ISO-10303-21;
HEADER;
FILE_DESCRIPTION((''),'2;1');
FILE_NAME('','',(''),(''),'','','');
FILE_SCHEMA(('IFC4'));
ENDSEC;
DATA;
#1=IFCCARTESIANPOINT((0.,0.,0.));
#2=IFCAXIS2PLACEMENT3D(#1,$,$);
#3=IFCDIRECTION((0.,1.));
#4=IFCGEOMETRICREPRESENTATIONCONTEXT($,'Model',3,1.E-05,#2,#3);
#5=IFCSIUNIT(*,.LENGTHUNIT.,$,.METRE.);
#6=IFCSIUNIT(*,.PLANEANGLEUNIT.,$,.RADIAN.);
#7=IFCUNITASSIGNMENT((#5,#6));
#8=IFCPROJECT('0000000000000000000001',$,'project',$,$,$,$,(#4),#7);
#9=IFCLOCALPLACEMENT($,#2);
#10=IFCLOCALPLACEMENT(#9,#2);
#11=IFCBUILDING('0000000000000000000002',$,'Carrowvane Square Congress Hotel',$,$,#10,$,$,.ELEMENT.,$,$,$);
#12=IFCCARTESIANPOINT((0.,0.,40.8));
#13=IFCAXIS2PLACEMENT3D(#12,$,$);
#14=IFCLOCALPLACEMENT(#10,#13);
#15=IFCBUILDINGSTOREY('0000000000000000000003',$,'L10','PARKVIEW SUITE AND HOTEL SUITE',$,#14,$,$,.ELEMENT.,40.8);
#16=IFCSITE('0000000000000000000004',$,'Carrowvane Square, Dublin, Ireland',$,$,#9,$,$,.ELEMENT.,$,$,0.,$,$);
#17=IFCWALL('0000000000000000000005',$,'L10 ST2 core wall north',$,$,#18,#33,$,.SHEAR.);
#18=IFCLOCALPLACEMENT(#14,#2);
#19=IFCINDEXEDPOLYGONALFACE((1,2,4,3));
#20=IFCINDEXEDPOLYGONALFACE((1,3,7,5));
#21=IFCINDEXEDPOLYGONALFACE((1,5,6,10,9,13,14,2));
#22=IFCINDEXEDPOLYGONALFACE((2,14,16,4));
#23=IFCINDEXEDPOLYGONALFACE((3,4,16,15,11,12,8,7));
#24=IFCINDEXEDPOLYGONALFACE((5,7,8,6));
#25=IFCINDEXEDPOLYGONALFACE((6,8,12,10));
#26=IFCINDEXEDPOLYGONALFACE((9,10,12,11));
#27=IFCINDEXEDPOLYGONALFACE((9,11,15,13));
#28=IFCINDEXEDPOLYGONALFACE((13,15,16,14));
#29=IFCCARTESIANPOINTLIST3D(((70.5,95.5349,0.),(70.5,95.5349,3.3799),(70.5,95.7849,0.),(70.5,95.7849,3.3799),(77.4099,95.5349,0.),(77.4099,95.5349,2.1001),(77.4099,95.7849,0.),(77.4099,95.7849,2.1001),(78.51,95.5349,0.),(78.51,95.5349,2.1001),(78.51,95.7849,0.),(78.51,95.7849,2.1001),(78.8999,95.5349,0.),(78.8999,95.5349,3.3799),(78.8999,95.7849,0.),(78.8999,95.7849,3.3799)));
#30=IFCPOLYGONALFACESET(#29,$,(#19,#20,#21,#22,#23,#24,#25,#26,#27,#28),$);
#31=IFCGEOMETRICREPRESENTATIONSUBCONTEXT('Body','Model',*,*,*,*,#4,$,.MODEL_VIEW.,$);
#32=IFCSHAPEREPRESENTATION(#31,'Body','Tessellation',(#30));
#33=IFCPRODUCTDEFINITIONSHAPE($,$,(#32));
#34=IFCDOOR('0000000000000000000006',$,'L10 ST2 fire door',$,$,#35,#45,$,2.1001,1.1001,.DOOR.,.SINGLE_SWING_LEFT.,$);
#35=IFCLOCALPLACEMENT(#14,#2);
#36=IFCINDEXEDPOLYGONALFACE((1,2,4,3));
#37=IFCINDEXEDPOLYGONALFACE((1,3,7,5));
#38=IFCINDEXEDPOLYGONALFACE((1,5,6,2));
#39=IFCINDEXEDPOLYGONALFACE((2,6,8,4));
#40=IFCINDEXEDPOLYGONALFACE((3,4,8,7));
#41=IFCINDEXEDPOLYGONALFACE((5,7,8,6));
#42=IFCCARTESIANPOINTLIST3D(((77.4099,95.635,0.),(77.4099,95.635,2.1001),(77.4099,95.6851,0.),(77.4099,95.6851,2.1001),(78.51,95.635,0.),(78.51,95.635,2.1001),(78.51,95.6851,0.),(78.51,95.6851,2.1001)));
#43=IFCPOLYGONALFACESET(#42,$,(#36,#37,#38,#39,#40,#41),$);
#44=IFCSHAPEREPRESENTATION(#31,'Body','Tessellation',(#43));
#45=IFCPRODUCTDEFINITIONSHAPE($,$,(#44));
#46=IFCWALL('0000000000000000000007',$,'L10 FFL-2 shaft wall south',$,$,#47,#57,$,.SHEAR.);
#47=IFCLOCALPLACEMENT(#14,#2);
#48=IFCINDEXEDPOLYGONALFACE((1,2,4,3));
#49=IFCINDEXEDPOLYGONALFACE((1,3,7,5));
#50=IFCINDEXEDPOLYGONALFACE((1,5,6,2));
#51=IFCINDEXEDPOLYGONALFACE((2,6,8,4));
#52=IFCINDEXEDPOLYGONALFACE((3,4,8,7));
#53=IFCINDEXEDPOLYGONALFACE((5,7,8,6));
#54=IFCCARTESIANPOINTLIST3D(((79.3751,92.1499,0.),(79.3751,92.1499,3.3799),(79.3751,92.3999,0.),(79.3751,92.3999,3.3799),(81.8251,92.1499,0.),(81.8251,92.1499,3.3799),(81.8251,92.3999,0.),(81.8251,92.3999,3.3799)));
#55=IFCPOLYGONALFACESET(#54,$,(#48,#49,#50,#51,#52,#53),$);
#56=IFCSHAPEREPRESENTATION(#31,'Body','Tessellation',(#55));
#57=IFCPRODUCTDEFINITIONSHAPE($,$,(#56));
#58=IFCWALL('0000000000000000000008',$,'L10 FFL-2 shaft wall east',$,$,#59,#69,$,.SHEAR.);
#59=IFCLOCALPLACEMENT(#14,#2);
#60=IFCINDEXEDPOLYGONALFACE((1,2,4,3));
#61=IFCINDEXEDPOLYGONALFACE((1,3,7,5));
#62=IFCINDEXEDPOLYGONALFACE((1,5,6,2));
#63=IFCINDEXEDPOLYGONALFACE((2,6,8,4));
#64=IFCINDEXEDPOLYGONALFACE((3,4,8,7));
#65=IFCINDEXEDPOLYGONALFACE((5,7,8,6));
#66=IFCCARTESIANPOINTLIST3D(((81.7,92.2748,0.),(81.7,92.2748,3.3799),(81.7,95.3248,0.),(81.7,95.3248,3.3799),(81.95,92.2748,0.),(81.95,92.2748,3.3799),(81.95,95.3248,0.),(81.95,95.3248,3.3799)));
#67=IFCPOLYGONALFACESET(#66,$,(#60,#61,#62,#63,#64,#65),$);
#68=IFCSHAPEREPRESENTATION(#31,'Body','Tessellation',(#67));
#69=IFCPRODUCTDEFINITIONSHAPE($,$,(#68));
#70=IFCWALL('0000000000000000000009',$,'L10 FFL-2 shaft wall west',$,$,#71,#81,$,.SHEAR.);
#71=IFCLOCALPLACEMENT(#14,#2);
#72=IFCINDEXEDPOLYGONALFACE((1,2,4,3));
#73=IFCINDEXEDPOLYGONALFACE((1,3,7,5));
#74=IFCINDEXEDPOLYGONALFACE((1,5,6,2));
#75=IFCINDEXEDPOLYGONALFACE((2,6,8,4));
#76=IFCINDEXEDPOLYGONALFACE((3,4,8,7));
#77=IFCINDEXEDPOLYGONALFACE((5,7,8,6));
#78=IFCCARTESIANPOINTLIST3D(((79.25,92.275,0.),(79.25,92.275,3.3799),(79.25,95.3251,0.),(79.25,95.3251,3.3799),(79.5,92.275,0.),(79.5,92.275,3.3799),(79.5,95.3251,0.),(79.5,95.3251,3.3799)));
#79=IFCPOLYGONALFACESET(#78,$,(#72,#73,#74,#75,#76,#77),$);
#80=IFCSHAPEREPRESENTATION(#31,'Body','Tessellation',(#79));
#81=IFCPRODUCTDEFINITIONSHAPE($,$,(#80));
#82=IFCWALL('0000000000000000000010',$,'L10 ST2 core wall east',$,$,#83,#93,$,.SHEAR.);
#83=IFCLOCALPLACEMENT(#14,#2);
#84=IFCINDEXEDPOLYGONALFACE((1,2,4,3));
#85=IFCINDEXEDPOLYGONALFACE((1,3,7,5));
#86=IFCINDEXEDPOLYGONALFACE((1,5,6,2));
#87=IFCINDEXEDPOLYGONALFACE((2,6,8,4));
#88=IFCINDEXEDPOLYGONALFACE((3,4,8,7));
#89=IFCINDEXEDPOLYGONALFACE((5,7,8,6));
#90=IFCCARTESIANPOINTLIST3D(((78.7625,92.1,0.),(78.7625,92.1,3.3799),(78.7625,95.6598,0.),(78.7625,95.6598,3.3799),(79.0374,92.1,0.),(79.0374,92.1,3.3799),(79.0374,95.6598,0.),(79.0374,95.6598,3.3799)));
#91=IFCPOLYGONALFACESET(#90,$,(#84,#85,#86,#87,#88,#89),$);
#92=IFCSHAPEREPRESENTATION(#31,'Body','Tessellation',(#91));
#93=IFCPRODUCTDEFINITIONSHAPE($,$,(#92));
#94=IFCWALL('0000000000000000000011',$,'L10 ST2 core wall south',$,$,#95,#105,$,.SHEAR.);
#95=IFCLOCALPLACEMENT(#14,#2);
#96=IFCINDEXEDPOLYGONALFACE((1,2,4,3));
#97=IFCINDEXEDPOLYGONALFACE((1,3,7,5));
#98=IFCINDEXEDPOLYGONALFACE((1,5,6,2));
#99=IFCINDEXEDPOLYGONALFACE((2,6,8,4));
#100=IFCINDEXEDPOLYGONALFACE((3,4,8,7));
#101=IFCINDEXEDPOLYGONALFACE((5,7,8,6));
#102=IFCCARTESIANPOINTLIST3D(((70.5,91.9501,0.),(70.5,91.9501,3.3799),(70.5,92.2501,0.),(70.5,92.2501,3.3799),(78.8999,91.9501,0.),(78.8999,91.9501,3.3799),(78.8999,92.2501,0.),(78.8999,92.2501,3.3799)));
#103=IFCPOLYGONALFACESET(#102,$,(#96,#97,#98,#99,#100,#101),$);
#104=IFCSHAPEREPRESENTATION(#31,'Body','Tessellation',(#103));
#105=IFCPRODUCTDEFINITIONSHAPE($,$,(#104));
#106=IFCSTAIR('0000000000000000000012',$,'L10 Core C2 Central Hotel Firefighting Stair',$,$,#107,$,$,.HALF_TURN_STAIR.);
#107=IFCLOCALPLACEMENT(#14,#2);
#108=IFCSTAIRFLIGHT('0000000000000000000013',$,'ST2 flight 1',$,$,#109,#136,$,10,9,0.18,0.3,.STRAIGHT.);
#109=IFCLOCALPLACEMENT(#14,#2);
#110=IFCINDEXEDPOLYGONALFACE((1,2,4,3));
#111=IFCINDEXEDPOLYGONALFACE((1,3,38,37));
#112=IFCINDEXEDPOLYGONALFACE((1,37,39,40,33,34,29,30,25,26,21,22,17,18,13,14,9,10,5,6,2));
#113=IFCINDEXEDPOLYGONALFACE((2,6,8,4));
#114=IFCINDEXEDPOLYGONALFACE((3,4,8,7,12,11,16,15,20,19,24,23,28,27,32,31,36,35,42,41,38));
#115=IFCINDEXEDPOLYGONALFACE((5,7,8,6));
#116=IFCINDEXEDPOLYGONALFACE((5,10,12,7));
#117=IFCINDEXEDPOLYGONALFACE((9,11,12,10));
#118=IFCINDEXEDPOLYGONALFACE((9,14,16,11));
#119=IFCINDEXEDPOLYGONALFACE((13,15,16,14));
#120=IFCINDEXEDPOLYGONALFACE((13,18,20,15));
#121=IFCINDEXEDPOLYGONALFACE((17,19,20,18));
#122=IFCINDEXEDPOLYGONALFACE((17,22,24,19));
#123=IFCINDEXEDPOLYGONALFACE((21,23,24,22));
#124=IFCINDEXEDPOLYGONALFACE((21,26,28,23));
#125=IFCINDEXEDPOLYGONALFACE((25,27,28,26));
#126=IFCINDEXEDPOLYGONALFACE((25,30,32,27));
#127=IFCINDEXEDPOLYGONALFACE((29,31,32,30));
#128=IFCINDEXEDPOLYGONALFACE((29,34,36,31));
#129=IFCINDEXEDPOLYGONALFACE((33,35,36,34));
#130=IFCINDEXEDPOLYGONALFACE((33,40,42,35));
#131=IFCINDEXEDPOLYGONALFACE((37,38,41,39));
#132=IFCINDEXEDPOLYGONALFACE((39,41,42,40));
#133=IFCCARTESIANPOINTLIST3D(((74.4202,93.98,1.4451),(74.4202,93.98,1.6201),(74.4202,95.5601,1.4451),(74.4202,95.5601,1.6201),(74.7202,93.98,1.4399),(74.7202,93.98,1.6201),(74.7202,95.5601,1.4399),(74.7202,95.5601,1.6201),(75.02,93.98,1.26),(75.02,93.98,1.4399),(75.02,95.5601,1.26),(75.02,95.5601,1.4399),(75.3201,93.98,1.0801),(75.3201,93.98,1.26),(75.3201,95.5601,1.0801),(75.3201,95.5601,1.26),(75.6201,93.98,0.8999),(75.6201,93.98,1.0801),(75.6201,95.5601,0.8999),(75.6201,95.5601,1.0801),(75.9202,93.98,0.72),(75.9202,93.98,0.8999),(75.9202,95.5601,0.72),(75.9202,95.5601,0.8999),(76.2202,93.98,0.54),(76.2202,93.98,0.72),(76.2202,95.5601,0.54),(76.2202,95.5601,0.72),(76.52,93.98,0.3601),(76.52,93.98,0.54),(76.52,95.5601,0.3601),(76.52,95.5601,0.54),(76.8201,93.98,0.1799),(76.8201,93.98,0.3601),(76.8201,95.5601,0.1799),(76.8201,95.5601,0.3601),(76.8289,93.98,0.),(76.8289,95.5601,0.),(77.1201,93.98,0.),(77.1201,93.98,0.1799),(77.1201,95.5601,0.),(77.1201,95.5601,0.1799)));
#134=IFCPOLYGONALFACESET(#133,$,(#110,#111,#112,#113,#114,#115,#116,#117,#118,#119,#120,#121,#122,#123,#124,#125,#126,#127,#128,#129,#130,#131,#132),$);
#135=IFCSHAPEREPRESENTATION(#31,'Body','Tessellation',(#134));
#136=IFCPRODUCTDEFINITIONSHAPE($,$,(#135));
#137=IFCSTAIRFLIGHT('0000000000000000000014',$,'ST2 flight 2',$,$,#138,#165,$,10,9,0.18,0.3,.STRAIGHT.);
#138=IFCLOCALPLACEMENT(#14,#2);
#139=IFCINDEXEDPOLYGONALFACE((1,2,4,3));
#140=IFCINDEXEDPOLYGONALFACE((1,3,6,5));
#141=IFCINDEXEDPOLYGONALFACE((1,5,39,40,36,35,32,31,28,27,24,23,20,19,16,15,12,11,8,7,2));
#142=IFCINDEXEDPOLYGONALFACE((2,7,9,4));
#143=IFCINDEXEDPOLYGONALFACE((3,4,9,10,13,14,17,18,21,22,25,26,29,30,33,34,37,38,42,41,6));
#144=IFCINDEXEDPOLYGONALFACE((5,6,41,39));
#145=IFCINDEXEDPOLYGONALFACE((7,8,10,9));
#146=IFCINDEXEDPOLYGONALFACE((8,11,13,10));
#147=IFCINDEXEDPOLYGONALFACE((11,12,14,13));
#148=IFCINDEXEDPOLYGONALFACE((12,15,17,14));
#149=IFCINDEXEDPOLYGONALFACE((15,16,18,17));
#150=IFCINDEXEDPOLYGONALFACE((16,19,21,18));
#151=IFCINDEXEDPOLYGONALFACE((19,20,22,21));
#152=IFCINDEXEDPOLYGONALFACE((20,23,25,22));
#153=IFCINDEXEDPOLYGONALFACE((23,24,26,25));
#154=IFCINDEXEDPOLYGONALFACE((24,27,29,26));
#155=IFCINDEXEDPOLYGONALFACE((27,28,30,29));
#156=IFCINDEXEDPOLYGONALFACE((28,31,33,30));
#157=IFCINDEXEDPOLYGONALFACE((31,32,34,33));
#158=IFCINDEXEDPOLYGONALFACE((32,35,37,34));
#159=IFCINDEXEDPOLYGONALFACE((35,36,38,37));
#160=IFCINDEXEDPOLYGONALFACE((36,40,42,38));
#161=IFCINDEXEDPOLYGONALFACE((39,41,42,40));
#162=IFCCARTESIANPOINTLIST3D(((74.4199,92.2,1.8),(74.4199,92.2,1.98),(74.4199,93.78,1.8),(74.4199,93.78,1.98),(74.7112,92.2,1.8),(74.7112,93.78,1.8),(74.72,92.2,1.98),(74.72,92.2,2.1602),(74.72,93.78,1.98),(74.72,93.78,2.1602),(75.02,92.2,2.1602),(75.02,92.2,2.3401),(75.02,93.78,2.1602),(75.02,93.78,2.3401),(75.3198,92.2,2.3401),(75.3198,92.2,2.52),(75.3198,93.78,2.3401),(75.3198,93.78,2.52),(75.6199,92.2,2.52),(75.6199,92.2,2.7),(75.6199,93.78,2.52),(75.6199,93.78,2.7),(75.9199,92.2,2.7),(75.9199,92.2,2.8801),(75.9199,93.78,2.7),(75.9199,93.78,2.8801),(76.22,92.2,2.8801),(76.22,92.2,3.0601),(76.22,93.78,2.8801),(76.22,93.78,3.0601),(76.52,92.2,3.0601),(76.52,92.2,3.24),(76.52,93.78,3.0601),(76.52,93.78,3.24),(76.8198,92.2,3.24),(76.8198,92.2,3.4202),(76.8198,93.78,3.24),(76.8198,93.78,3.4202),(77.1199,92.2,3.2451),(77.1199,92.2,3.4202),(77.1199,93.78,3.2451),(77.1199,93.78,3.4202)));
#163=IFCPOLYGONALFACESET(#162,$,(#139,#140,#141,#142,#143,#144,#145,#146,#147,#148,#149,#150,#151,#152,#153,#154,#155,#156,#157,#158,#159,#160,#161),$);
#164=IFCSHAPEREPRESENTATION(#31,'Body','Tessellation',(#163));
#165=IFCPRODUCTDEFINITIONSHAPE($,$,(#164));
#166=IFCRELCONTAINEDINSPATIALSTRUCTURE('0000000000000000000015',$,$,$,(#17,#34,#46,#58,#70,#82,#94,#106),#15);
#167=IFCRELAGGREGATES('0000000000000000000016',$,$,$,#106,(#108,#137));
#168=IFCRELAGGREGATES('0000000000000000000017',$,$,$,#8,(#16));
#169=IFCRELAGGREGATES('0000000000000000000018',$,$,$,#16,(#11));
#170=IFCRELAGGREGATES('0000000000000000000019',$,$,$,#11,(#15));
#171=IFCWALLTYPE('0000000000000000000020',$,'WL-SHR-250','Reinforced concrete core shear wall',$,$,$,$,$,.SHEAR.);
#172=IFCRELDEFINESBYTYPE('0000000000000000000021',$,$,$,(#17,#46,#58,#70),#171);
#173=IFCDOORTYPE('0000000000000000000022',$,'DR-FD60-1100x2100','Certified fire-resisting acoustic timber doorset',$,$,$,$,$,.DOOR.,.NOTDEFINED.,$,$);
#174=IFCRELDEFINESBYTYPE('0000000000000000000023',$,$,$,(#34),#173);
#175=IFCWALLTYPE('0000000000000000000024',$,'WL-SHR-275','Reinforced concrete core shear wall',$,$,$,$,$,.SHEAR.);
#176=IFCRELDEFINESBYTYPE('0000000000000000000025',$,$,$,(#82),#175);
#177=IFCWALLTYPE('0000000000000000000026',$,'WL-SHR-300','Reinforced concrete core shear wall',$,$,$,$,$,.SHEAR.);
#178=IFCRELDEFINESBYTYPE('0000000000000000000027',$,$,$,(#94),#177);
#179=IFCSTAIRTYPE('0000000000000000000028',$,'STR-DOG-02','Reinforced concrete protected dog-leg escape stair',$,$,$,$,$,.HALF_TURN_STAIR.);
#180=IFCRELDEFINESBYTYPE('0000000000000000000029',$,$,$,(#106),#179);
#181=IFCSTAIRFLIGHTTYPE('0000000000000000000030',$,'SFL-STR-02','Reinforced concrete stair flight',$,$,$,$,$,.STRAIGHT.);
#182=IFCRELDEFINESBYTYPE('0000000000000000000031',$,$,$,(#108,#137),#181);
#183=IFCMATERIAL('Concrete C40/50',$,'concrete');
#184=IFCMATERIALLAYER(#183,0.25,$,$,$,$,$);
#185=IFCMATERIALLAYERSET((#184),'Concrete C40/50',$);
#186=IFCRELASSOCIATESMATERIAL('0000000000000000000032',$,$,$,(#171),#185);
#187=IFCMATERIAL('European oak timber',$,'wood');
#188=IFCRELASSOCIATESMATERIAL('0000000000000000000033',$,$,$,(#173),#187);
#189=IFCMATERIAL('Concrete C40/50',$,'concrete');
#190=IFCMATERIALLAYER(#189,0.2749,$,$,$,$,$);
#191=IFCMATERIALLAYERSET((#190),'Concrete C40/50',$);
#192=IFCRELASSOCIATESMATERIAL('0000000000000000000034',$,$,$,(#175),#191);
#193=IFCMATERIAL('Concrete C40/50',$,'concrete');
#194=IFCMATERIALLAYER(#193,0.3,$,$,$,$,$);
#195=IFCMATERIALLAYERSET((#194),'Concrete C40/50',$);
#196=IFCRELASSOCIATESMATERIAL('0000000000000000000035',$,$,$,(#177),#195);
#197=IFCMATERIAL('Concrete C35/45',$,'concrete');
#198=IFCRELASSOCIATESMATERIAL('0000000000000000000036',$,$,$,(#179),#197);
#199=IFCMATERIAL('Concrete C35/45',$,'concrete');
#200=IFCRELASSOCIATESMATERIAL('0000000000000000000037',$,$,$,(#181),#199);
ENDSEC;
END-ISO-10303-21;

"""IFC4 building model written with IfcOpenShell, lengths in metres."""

from ifc_helpers import new_model, si_unit, direction, frame, frame_2d, origin, place, context, subcontext, project, spatial, polyline, rectangle, outline, extrude, material, layer, layer_set, type_object, element, fill, aggregate, save


model = new_model("IFC4")

# Units and contexts
model_context = context("Model", 3, precision=1e-05, world=origin(), true_north=direction((0.0, 1.0)))
body_context = subcontext(model_context, "Body", "Model", "MODEL_VIEW")
ifc_project = project(units=[si_unit("LENGTHUNIT", "METRE"), si_unit("PLANEANGLEUNIT", "RADIAN")], contexts=[model_context])

# Site, building, storey
site_placement = place(None, origin())
site = spatial("IfcSite", under=ifc_project, at=site_placement, Name="Carrowvane Square, Dublin, Ireland", CompositionType="ELEMENT", RefElevation=0.0)
building_placement = place(site_placement, origin())
building = spatial("IfcBuilding", under=site, at=building_placement, Name="Carrowvane Square Congress Hotel", CompositionType="ELEMENT")
storey_placement = place(building_placement, frame((0.0, 0.0, 40.8)))
storey = spatial("IfcBuildingStorey", under=building, at=storey_placement, Name="L10", Description="PARKVIEW SUITE AND HOTEL SUITE", CompositionType="ELEMENT", Elevation=40.8)

# Wall, opening, door
ifc_material_1 = material(Name="Concrete C40/50", Category="concrete")
ifc_layer_1 = layer(ifc_material_1, 0.25)
ifc_layer_set_1 = layer_set([ifc_layer_1], Name="Concrete C40/50")
wall_type_1 = type_object("IfcWallType", Name="WL-SHR-250", Description="Reinforced concrete core shear wall", PredefinedType="SHEAR", material=ifc_layer_set_1)
wall_1_placement = place(storey_placement, frame((78.8999, 95.6599, 0.0), z_axis=(0.0, 0.0, 1.0), x_axis=(-1.0, 0.0, 0.0)))
wall_1 = element("IfcWall", 1, at=wall_1_placement, inside=storey, type_object=wall_type_1, Name="L10 ST2 core wall north", PredefinedType="SHEAR", context=body_context, shape_type="SweptSolid", body=[
    extrude(rectangle(XDim=8.3999, YDim=0.25, at=frame_2d((4.2, 0.0))), origin(), (0.0, 0.0, 1.0), 3.3799),
])
opening_1_placement = place(wall_1_placement, frame((0.3899, 0.0, 0.0)))
opening_1 = element("IfcOpeningElement", 2, at=opening_1_placement, cuts=wall_1, PredefinedType="OPENING", context=body_context, shape_type="SweptSolid", body=[
    extrude(rectangle(XDim=1.1001, YDim=2.1001, at=frame_2d((0.55, 1.05))), frame((0.0, 0.135, 0.0), z_axis=(0.0, -1.0, 0.0), x_axis=(1.0, 0.0, 0.0)), (0.0, 0.0, 1.0), 0.27),
])
ifc_material_2 = material(Name="European oak timber", Category="wood")
door_type_1 = type_object("IfcDoorType", Name="DR-FD60-1100x2100", Description="Certified fire-resisting acoustic timber doorset", OperationType="NOTDEFINED", PredefinedType="DOOR", material=ifc_material_2)
door_1_placement = place(opening_1_placement, origin())
door_1 = element("IfcDoor", 3, at=door_1_placement, inside=storey, type_object=door_type_1, Name="L10 ST2 fire door", OperationType="SINGLE_SWING_LEFT", OverallHeight=2.1001, OverallWidth=1.1001, PredefinedType="DOOR", context=body_context, shape_type="SweptSolid", body=[
    extrude(rectangle(XDim=1.1001, YDim=2.1001, at=frame_2d((0.55, 1.05))), frame((0.0, 0.0249, 0.0), z_axis=(0.0, -1.0, 0.0), x_axis=(1.0, 0.0, 0.0)), (0.0, 0.0, 1.0), 0.05),
])
fill(opening_1, door_1)

# Walls
wall_2_placement = place(storey_placement, frame((79.375, 92.2749, 0.0), z_axis=(0.0, 0.0, 1.0), x_axis=(1.0, 0.0, 0.0)))
element("IfcWall", 4, at=wall_2_placement, inside=storey, type_object=wall_type_1, Name="L10 FFL-2 shaft wall south", PredefinedType="SHEAR", context=body_context, shape_type="SweptSolid", body=[
    extrude(rectangle(XDim=2.45, YDim=0.25, at=frame_2d((1.2251, 0.0))), origin(), (0.0, 0.0, 1.0), 3.3799),
])
wall_3_placement = place(storey_placement, frame((81.825, 92.2749, 0.0), z_axis=(0.0, 0.0, 1.0), x_axis=(0.0, 1.0, 0.0)))
element("IfcWall", 5, at=wall_3_placement, inside=storey, type_object=wall_type_1, Name="L10 FFL-2 shaft wall east", PredefinedType="SHEAR", context=body_context, shape_type="SweptSolid", body=[
    extrude(rectangle(XDim=3.05, YDim=0.25, at=frame_2d((1.5249, 0.0))), origin(), (0.0, 0.0, 1.0), 3.3799),
])

# Walls
wall_4_placement = place(storey_placement, frame((79.375, 95.325, 0.0), z_axis=(0.0, 0.0, 1.0), x_axis=(0.0, -1.0, 0.0)))
element("IfcWall", 6, at=wall_4_placement, inside=storey, type_object=wall_type_1, Name="L10 FFL-2 shaft wall west", PredefinedType="SHEAR", context=body_context, shape_type="SweptSolid", body=[
    extrude(rectangle(XDim=3.05, YDim=0.25, at=frame_2d((1.5249, 0.0))), origin(), (0.0, 0.0, 1.0), 3.3799),
])
ifc_material_3 = material(Name="Concrete C40/50", Category="concrete")
ifc_layer_2 = layer(ifc_material_3, 0.2749)
ifc_layer_set_2 = layer_set([ifc_layer_2], Name="Concrete C40/50")
wall_type_2 = type_object("IfcWallType", Name="WL-SHR-275", Description="Reinforced concrete core shear wall", PredefinedType="SHEAR", material=ifc_layer_set_2)
wall_5_placement = place(storey_placement, frame((78.8999, 92.1001, 0.0), z_axis=(0.0, 0.0, 1.0), x_axis=(0.0, 1.0, 0.0)))
element("IfcWall", 7, at=wall_5_placement, inside=storey, type_object=wall_type_2, Name="L10 ST2 core wall east", PredefinedType="SHEAR", context=body_context, shape_type="SweptSolid", body=[
    extrude(rectangle(XDim=3.5598, YDim=0.2749, at=frame_2d((1.7798, 0.0))), origin(), (0.0, 0.0, 1.0), 3.3799),
])
ifc_material_4 = material(Name="Concrete C40/50", Category="concrete")
ifc_layer_3 = layer(ifc_material_4, 0.3)
ifc_layer_set_3 = layer_set([ifc_layer_3], Name="Concrete C40/50")
wall_type_3 = type_object("IfcWallType", Name="WL-SHR-300", Description="Reinforced concrete core shear wall", PredefinedType="SHEAR", material=ifc_layer_set_3)
wall_6_placement = place(storey_placement, frame((70.5, 92.1001, 0.0), z_axis=(0.0, 0.0, 1.0), x_axis=(1.0, 0.0, 0.0)))
element("IfcWall", 8, at=wall_6_placement, inside=storey, type_object=wall_type_3, Name="L10 ST2 core wall south", PredefinedType="SHEAR", context=body_context, shape_type="SweptSolid", body=[
    extrude(rectangle(XDim=8.3999, YDim=0.3, at=frame_2d((4.2, 0.0))), origin(), (0.0, 0.0, 1.0), 3.3799),
])

# Stair, stair flights
ifc_material_5 = material(Name="Concrete C35/45", Category="concrete")
stair_type = type_object("IfcStairType", Name="STR-DOG-02", Description="Reinforced concrete protected dog-leg escape stair", PredefinedType="HALF_TURN_STAIR", material=ifc_material_5)
stair_placement = place(storey_placement, origin())
stair = element("IfcStair", 9, at=stair_placement, inside=storey, type_object=stair_type, Name="L10 Core C2 Central Hotel Firefighting Stair", PredefinedType="HALF_TURN_STAIR")
ifc_material_6 = material(Name="Concrete C35/45", Category="concrete")
stair_flight_type = type_object("IfcStairFlightType", Name="SFL-STR-02", Description="Reinforced concrete stair flight", PredefinedType="STRAIGHT", material=ifc_material_6)
stair_flight_1_placement = place(storey_placement, frame((77.1201, 94.77, 0.0), z_axis=(0.0, 0.0, 1.0), x_axis=(-1.0, 0.0, 0.0)))
stair_flight_1 = element("IfcStairFlight", 10, at=stair_flight_1_placement, type_object=stair_flight_type, Name="ST2 flight 1", NumberOfRisers=10, NumberOfTreads=9, PredefinedType="STRAIGHT", RiserHeight=0.18, TreadLength=0.3, context=body_context, shape_type="SweptSolid", body=[
    extrude(outline(polyline([(0.0, 0.0), (0.0, 0.1799), (0.3, 0.1799), (0.3, 0.3601), (0.6001, 0.3601), (0.6001, 0.54), (0.8999, 0.54), (0.8999, 0.72), (1.2, 0.72), (1.2, 0.8999), (1.5, 0.8999), (1.5, 1.0801), (1.8, 1.0801), (1.8, 1.26), (2.1001, 1.26), (2.1001, 1.4399), (2.3999, 1.4399), (2.3999, 1.6201), (2.7, 1.6201), (2.7, 1.8), (2.7, 1.4451), (0.2913, 0.0), (0.0, 0.0)])), frame((0.0, 0.79, 0.0), z_axis=(0.0, -1.0, 0.0), x_axis=(1.0, 0.0, 0.0)), (0.0, 0.0, 1.0), 1.5801),
])
stair_flight_2_placement = place(storey_placement, frame((74.4199, 92.99, 1.8), z_axis=(0.0, 0.0, 1.0), x_axis=(1.0, 0.0, 0.0)))
stair_flight_2 = element("IfcStairFlight", 11, at=stair_flight_2_placement, type_object=stair_flight_type, Name="ST2 flight 2", NumberOfRisers=10, NumberOfTreads=9, PredefinedType="STRAIGHT", RiserHeight=0.18, TreadLength=0.3, context=body_context, shape_type="SweptSolid", body=[
    extrude(outline(polyline([(0.0, 0.0), (0.0, 0.1799), (0.3, 0.1799), (0.3, 0.3601), (0.6001, 0.3601), (0.6001, 0.54), (0.8999, 0.54), (0.8999, 0.72), (1.2, 0.72), (1.2, 0.8999), (1.5, 0.8999), (1.5, 1.0801), (1.8, 1.0801), (1.8, 1.26), (2.1001, 1.26), (2.1001, 1.4399), (2.3999, 1.4399), (2.3999, 1.6201), (2.7, 1.6201), (2.7, 1.8), (2.7, 1.4451), (0.2913, 0.0), (0.0, 0.0)])), frame((0.0, 0.79, 0.0), z_axis=(0.0, -1.0, 0.0), x_axis=(1.0, 0.0, 0.0)), (0.0, 0.0, 1.0), 1.5801),
])
aggregate(stair, [stair_flight_1, stair_flight_2])

save(model, "model.ifc")
